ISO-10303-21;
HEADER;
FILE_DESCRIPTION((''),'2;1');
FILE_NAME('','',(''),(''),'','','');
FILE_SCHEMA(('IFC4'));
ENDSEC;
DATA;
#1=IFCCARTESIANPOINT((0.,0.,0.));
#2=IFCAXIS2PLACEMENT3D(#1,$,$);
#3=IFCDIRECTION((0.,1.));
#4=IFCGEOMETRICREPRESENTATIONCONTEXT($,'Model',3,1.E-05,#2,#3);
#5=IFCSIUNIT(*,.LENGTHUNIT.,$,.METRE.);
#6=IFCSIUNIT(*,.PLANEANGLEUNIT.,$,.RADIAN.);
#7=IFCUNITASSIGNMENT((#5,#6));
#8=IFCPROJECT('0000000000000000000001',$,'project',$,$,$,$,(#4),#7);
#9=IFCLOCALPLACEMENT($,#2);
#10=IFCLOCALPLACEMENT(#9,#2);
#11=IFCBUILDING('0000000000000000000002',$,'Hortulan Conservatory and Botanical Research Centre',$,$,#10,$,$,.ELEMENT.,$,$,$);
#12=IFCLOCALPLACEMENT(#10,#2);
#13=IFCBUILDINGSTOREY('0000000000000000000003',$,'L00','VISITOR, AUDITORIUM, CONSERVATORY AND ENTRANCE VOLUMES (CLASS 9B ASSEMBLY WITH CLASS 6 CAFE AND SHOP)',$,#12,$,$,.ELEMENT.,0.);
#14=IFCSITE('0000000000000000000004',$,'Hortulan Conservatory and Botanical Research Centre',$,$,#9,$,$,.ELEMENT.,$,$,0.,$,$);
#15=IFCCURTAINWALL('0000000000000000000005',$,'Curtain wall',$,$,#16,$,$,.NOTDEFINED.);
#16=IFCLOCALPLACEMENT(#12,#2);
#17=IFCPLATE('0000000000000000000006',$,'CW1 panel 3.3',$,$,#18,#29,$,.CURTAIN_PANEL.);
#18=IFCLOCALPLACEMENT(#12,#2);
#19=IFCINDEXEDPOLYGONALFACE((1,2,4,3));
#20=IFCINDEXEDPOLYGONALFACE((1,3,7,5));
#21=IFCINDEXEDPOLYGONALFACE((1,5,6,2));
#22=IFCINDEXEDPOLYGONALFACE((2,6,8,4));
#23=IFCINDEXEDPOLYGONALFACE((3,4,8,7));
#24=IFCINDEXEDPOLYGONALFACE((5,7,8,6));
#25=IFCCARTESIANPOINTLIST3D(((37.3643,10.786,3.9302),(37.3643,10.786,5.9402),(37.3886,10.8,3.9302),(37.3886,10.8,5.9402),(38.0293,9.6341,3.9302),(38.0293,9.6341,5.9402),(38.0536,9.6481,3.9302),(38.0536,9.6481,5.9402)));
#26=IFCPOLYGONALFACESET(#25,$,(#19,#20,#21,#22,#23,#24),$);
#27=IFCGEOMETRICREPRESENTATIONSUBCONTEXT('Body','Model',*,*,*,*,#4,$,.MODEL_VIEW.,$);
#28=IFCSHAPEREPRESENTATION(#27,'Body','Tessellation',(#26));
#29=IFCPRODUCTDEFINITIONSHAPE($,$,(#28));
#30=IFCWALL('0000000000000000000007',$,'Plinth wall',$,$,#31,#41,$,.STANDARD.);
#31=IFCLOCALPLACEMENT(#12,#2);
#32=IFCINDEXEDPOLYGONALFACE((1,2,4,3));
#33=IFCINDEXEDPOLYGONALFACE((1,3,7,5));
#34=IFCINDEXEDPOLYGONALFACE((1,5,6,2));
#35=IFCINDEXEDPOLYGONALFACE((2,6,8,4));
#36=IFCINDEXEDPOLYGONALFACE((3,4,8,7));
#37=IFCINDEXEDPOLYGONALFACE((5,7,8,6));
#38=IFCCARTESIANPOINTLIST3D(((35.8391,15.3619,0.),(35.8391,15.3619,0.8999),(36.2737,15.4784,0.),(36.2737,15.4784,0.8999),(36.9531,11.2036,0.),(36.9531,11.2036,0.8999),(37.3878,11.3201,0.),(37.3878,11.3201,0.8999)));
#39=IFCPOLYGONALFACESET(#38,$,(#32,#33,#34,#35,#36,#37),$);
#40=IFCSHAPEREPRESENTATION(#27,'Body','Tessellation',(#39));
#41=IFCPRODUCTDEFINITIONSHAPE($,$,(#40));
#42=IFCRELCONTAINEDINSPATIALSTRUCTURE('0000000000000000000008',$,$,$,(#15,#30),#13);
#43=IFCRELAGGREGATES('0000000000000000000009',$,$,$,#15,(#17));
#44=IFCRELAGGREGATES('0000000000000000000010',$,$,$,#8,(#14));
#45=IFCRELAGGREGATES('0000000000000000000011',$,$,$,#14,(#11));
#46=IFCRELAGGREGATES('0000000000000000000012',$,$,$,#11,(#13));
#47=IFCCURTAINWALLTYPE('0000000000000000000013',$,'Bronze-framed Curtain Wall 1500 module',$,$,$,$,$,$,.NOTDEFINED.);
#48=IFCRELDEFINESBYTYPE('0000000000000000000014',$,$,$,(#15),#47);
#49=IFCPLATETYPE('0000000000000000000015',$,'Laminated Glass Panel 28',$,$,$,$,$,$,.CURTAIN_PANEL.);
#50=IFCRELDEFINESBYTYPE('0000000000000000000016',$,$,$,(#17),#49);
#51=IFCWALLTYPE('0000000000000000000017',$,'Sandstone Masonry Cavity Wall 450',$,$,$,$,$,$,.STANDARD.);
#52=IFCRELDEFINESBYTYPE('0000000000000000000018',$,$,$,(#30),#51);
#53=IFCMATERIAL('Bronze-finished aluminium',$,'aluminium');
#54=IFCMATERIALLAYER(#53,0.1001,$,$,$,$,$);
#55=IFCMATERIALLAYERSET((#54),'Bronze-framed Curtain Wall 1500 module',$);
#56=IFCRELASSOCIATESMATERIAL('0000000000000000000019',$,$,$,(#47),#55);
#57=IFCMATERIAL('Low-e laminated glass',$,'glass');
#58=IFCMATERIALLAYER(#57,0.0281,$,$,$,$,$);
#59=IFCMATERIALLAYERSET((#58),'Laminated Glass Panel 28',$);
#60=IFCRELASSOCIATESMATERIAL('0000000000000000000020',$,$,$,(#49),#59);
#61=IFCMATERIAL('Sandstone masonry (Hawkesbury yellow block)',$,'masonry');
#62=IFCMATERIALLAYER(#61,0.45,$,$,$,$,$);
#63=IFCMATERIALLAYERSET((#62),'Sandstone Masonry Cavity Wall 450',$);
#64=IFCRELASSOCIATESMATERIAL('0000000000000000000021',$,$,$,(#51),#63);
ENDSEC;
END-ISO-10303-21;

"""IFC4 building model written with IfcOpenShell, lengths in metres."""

from ifc_helpers import new_model, si_unit, direction, frame, frame_2d, origin, origin_2d, place, context, subcontext, project, spatial, rectangle, extrude, material, layer, layer_set, type_object, element, aggregate, save


model = new_model("IFC4")

# Units and contexts
model_context = context("Model", 3, precision=1e-05, world=origin(), true_north=direction((0.0, 1.0)))
body_context = subcontext(model_context, "Body", "Model", "MODEL_VIEW")
ifc_project = project(units=[si_unit("LENGTHUNIT", "METRE"), si_unit("PLANEANGLEUNIT", "RADIAN")], contexts=[model_context])

# Site, building, storey
site_placement = place(None, origin())
site = spatial("IfcSite", under=ifc_project, at=site_placement, Name="Hortulan Conservatory and Botanical Research Centre", CompositionType="ELEMENT", RefElevation=0.0)
building_placement = place(site_placement, origin())
building = spatial("IfcBuilding", under=site, at=building_placement, Name="Hortulan Conservatory and Botanical Research Centre", CompositionType="ELEMENT")
storey_placement = place(building_placement, origin())
storey = spatial("IfcBuildingStorey", under=building, at=storey_placement, Name="L00", Description="VISITOR, AUDITORIUM, CONSERVATORY AND ENTRANCE VOLUMES (CLASS 9B ASSEMBLY WITH CLASS 6 CAFE AND SHOP)", CompositionType="ELEMENT", Elevation=0.0)

# Curtain wall
ifc_material_1 = material(Name="Bronze-finished aluminium", Category="aluminium")
ifc_layer_1 = layer(ifc_material_1, 0.1001)
ifc_layer_set_1 = layer_set([ifc_layer_1], Name="Bronze-framed Curtain Wall 1500 module")
curtain_wall_type = type_object("IfcCurtainWallType", Name="Bronze-framed Curtain Wall 1500 module", PredefinedType="NOTDEFINED", material=ifc_layer_set_1)
curtain_wall_1_placement = place(storey_placement, origin())
curtain_wall_1 = element("IfcCurtainWall", 1, at=curtain_wall_1_placement, inside=storey, type_object=curtain_wall_type, Name="Curtain wall", PredefinedType="NOTDEFINED")

# Plate
ifc_material_2 = material(Name="Low-e laminated glass", Category="glass")
ifc_layer_2 = layer(ifc_material_2, 0.0281)
ifc_layer_set_2 = layer_set([ifc_layer_2], Name="Laminated Glass Panel 28")
plate_type = type_object("IfcPlateType", Name="Laminated Glass Panel 28", PredefinedType="CURTAIN_PANEL", material=ifc_layer_set_2)
plate_1_placement = place(storey_placement, frame((37.709, 10.217, 3.9302), z_axis=(0.0, 0.0, 1.0), x_axis=(-0.499981, 0.866036, 0.0)))
plate_1 = element("IfcPlate", 2, at=plate_1_placement, type_object=plate_type, Name="CW1 panel 3.3", PredefinedType="CURTAIN_PANEL", context=body_context, shape_type="SweptSolid", body=[
    extrude(rectangle(XDim=1.3301, YDim=0.0281, at=origin_2d()), origin(), (0.0, 0.0, 1.0), 2.01),
])
aggregate(curtain_wall_1, [plate_1])

# Wall
ifc_material_3 = material(Name="Sandstone masonry (Hawkesbury yellow block)", Category="masonry")
ifc_layer_3 = layer(ifc_material_3, 0.45)
ifc_layer_set_3 = layer_set([ifc_layer_3], Name="Sandstone Masonry Cavity Wall 450")
wall_type = type_object("IfcWallType", Name="Sandstone Masonry Cavity Wall 450", PredefinedType="STANDARD", material=ifc_layer_set_3)
wall_placement = place(storey_placement, frame((37.1704, 11.262, 0.0), z_axis=(0.0, 0.0, 1.0), x_axis=(-0.258781, 0.965936, 0.0)))
element("IfcWall", 3, at=wall_placement, inside=storey, type_object=wall_type, Name="Plinth wall", PredefinedType="STANDARD", context=body_context, shape_type="SweptSolid", body=[
    extrude(rectangle(XDim=4.3049, YDim=0.45, at=frame_2d((2.1523, 0.0))), origin(), (0.0, 0.0, 1.0), 0.8999),
])

save(model, "model.ifc")
